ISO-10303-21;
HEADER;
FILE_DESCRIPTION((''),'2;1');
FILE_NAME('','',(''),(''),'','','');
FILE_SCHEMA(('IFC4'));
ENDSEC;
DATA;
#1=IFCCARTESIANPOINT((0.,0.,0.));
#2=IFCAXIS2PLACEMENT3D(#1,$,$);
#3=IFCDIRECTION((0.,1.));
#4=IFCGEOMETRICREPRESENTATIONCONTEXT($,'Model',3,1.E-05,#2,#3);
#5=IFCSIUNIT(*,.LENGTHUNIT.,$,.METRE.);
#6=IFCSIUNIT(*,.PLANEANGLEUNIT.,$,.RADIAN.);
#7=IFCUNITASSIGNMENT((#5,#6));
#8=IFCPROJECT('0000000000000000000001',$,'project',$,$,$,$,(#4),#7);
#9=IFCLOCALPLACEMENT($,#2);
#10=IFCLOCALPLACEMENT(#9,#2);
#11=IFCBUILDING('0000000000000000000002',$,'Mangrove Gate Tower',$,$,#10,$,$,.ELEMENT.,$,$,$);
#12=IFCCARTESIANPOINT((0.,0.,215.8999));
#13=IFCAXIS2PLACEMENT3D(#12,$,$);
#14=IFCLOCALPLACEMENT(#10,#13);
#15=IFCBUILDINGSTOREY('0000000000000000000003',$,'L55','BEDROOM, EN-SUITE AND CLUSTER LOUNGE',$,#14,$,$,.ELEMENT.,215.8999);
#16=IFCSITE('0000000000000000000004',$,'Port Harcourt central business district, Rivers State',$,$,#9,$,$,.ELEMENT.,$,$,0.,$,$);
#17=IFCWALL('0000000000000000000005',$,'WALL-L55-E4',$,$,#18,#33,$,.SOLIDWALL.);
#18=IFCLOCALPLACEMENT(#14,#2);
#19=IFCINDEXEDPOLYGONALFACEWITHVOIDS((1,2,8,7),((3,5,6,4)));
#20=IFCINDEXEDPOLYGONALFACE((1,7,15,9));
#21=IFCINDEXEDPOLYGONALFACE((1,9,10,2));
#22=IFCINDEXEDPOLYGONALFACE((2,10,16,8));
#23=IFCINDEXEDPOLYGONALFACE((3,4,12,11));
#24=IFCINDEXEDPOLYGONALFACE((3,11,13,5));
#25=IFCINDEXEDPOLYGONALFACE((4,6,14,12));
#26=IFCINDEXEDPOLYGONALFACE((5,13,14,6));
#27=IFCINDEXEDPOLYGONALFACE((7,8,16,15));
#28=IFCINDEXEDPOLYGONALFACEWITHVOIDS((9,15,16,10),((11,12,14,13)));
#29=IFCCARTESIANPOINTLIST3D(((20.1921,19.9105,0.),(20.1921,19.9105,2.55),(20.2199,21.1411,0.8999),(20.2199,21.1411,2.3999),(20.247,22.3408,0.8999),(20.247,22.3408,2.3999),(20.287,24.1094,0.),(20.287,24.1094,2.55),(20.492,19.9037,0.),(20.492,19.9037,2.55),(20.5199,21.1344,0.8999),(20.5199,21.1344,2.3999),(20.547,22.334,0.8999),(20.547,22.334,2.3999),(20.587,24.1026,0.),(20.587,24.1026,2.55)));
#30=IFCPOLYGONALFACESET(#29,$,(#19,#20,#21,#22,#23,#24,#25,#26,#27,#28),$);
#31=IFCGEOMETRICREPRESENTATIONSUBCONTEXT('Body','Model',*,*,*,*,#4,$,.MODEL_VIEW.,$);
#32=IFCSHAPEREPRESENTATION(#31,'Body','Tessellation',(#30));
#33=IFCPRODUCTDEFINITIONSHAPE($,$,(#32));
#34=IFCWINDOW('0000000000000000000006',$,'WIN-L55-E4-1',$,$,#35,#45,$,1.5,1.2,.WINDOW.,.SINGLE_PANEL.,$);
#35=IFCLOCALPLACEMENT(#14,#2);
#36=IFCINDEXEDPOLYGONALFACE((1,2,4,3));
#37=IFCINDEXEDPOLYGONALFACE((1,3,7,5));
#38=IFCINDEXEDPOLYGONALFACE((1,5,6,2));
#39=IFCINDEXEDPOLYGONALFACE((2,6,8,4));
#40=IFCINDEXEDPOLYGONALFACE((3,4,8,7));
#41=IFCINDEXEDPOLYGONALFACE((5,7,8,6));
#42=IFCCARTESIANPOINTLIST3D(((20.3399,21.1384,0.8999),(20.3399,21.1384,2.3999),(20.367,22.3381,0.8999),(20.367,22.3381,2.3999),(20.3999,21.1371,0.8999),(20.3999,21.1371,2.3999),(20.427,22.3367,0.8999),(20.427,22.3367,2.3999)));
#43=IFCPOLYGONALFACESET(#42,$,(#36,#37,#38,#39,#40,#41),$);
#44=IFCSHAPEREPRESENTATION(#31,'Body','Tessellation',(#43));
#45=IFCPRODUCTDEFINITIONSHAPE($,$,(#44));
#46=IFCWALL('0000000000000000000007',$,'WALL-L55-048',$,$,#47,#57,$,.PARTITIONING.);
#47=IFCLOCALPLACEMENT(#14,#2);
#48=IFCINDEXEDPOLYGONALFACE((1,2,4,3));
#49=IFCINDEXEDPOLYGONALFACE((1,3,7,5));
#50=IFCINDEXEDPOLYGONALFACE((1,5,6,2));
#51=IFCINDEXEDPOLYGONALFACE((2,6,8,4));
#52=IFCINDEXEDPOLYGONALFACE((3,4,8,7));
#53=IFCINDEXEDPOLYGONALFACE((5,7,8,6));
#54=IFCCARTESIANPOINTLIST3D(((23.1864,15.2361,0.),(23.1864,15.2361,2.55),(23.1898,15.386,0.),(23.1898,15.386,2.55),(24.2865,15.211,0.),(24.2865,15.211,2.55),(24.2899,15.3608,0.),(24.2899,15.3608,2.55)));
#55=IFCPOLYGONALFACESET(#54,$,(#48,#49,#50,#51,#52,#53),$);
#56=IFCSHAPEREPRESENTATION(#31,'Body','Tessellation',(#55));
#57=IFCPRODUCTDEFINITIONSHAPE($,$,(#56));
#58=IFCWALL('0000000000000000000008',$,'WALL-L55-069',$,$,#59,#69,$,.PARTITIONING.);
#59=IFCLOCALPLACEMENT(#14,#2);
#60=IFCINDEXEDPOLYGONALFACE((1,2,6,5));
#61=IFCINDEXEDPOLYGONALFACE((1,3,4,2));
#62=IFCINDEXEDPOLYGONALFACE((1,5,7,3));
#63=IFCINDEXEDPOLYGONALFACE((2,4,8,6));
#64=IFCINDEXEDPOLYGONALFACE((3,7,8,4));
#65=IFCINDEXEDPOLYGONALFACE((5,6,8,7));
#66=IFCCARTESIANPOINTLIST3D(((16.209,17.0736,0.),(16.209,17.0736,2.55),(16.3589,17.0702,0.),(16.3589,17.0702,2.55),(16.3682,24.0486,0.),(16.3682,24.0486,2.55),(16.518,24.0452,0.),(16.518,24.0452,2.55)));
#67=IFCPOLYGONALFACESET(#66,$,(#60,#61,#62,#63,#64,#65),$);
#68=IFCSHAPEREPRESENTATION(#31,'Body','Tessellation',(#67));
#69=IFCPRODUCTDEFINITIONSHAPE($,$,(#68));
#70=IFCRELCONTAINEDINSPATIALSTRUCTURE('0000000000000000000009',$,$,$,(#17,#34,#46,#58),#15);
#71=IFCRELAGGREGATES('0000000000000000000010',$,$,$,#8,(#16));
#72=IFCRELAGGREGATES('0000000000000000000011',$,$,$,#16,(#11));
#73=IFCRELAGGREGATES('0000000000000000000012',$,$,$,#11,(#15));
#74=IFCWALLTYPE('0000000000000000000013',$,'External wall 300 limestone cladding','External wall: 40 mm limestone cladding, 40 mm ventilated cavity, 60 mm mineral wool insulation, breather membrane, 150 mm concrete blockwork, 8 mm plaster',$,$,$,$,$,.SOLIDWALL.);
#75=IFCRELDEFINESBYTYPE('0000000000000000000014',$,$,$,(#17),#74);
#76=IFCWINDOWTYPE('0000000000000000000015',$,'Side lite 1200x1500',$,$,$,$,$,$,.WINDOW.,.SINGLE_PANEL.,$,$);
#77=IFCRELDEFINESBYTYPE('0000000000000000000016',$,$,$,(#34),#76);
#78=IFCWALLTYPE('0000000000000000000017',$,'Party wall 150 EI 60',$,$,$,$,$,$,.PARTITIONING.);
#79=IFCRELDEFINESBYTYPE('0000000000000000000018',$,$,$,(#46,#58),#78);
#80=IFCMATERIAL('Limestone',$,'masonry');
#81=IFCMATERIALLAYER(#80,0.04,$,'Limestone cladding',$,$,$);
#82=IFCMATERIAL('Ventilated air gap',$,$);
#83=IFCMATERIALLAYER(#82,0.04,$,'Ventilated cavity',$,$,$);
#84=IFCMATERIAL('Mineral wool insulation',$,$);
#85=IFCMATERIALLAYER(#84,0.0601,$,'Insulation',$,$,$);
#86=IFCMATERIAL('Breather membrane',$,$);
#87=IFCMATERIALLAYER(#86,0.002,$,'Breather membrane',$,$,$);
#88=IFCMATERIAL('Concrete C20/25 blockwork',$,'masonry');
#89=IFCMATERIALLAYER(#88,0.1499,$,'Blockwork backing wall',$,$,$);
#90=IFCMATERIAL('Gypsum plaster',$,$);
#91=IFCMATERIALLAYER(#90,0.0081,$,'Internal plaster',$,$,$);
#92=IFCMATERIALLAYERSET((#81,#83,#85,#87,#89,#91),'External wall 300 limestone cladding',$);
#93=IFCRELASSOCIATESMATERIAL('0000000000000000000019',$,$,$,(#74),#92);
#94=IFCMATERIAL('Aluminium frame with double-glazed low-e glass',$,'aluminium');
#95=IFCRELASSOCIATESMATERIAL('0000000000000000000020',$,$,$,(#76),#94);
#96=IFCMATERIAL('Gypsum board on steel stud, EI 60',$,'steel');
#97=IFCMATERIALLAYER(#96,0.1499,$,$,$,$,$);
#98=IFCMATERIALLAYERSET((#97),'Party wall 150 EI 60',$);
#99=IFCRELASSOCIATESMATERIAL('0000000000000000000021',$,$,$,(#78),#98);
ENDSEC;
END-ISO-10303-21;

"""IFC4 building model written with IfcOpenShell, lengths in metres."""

from ifc_helpers import new_model, si_unit, direction, frame, frame_2d, origin, place, context, subcontext, project, spatial, rectangle, extrude, material, layer, layer_set, type_object, element, fill, save


model = new_model("IFC4")

# Units and contexts
model_context = context("Model", 3, precision=1e-05, world=origin(), true_north=direction((0.0, 1.0)))
body_context = subcontext(model_context, "Body", "Model", "MODEL_VIEW")
ifc_project = project(units=[si_unit("LENGTHUNIT", "METRE"), si_unit("PLANEANGLEUNIT", "RADIAN")], contexts=[model_context])

# Site, building, storey
site_placement = place(None, origin())
site = spatial("IfcSite", under=ifc_project, at=site_placement, Name="Port Harcourt central business district, Rivers State", CompositionType="ELEMENT", RefElevation=0.0)
building_placement = place(site_placement, origin())
building = spatial("IfcBuilding", under=site, at=building_placement, Name="Mangrove Gate Tower", CompositionType="ELEMENT")
storey_placement = place(building_placement, frame((0.0, 0.0, 215.8999)))
storey = spatial("IfcBuildingStorey", under=building, at=storey_placement, Name="L55", Description="BEDROOM, EN-SUITE AND CLUSTER LOUNGE", CompositionType="ELEMENT", Elevation=215.8999)

# Wall, opening, window
ifc_material_1 = material(Name="Limestone", Category="masonry")
ifc_layer_1 = layer(ifc_material_1, 0.04, Name="Limestone cladding")
ifc_material_2 = material(Name="Ventilated air gap")
ifc_layer_2 = layer(ifc_material_2, 0.04, Name="Ventilated cavity")
ifc_material_3 = material(Name="Mineral wool insulation")
ifc_layer_3 = layer(ifc_material_3, 0.0601, Name="Insulation")
ifc_material_4 = material(Name="Breather membrane")
ifc_layer_4 = layer(ifc_material_4, 0.002, Name="Breather membrane")
ifc_material_5 = material(Name="Concrete C20/25 blockwork", Category="masonry")
ifc_layer_5 = layer(ifc_material_5, 0.1499, Name="Blockwork backing wall")
ifc_material_6 = material(Name="Gypsum plaster")
ifc_layer_6 = layer(ifc_material_6, 0.0081, Name="Internal plaster")
ifc_layer_set_1 = layer_set([ifc_layer_1, ifc_layer_2, ifc_layer_3, ifc_layer_4, ifc_layer_5, ifc_layer_6], Name="External wall 300 limestone cladding")
wall_type_1 = type_object("IfcWallType", Name="External wall 300 limestone cladding", Description="External wall: 40 mm limestone cladding, 40 mm ventilated cavity, 60 mm mineral wool insulation, breather membrane, 150 mm concrete blockwork, 8 mm plaster", PredefinedType="SOLIDWALL", material=ifc_layer_set_1)
ifc_material_7 = material(Name="Aluminium frame with double-glazed low-e glass", Category="aluminium")
window_type_1 = type_object("IfcWindowType", Name="Side lite 1200x1500", PartitioningType="SINGLE_PANEL", PredefinedType="WINDOW", material=ifc_material_7)
wall_1_placement = place(storey_placement, frame((20.342, 19.907, 0.0), z_axis=(0.0, 0.0, 1.0), x_axis=(0.022612, 0.999744, 0.0)))
wall_1 = element("IfcWall", 1, at=wall_1_placement, inside=storey, type_object=wall_type_1, Name="WALL-L55-E4", PredefinedType="SOLIDWALL", context=body_context, shape_type="SweptSolid", body=[
    extrude(rectangle(XDim=4.2, YDim=0.3, at=frame_2d((2.1001, 0.0))), origin(), (0.0, 0.0, 1.0), 2.55),
])
opening_1_placement = place(wall_1_placement, frame((1.231, 0.0, 0.8999)))
opening_1 = element("IfcOpeningElement", 2, at=opening_1_placement, cuts=wall_1, PredefinedType="OPENING", context=body_context, shape_type="SweptSolid", body=[
    extrude(rectangle(XDim=1.2, YDim=1.5, at=frame_2d((0.6001, 0.75))), frame((0.0, 0.1599, 0.0), z_axis=(0.0, -1.0, 0.0), x_axis=(1.0, 0.0, 0.0)), (0.0, 0.0, 1.0), 0.3201),
])
window_1_placement = place(opening_1_placement, origin())
window_1 = element("IfcWindow", 3, at=window_1_placement, inside=storey, type_object=window_type_1, Name="WIN-L55-E4-1", OverallHeight=1.5, OverallWidth=1.2, PartitioningType="SINGLE_PANEL", PredefinedType="WINDOW", context=body_context, shape_type="SweptSolid", body=[
    extrude(rectangle(XDim=1.2, YDim=1.5, at=frame_2d((0.6001, 0.75))), frame((0.0, 0.03, 0.0), z_axis=(0.0, -1.0, 0.0), x_axis=(1.0, 0.0, 0.0)), (0.0, 0.0, 1.0), 0.0601),
])
fill(opening_1, window_1)

# Walls
ifc_material_8 = material(Name="Gypsum board on steel stud, EI 60", Category="steel")
ifc_layer_7 = layer(ifc_material_8, 0.1499)
ifc_layer_set_2 = layer_set([ifc_layer_7], Name="Party wall 150 EI 60")
wall_type_2 = type_object("IfcWallType", Name="Party wall 150 EI 60", PredefinedType="PARTITIONING", material=ifc_layer_set_2)
wall_2_placement = place(storey_placement, frame((23.188, 15.311, 0.0), z_axis=(0.0, 0.0, 1.0), x_axis=(0.999739, -0.022852, 0.0)))
element("IfcWall", 4, at=wall_2_placement, inside=storey, type_object=wall_type_2, Name="WALL-L55-048", PredefinedType="PARTITIONING", context=body_context, shape_type="SweptSolid", body=[
    extrude(rectangle(XDim=1.1003, YDim=0.1499, at=frame_2d((0.5503, 0.0))), origin(), (0.0, 0.0, 1.0), 2.55),
])
wall_3_placement = place(storey_placement, frame((16.2839, 17.072, 0.0), z_axis=(0.0, 0.0, 1.0), x_axis=(0.022815, 0.99974, 0.0)))
element("IfcWall", 5, at=wall_3_placement, inside=storey, type_object=wall_type_2, Name="WALL-L55-069", PredefinedType="PARTITIONING", context=body_context, shape_type="SweptSolid", body=[
    extrude(rectangle(XDim=6.9768, YDim=0.1499, at=frame_2d((3.4883, 0.0))), origin(), (0.0, 0.0, 1.0), 2.55),
])

save(model, "model.ifc")
